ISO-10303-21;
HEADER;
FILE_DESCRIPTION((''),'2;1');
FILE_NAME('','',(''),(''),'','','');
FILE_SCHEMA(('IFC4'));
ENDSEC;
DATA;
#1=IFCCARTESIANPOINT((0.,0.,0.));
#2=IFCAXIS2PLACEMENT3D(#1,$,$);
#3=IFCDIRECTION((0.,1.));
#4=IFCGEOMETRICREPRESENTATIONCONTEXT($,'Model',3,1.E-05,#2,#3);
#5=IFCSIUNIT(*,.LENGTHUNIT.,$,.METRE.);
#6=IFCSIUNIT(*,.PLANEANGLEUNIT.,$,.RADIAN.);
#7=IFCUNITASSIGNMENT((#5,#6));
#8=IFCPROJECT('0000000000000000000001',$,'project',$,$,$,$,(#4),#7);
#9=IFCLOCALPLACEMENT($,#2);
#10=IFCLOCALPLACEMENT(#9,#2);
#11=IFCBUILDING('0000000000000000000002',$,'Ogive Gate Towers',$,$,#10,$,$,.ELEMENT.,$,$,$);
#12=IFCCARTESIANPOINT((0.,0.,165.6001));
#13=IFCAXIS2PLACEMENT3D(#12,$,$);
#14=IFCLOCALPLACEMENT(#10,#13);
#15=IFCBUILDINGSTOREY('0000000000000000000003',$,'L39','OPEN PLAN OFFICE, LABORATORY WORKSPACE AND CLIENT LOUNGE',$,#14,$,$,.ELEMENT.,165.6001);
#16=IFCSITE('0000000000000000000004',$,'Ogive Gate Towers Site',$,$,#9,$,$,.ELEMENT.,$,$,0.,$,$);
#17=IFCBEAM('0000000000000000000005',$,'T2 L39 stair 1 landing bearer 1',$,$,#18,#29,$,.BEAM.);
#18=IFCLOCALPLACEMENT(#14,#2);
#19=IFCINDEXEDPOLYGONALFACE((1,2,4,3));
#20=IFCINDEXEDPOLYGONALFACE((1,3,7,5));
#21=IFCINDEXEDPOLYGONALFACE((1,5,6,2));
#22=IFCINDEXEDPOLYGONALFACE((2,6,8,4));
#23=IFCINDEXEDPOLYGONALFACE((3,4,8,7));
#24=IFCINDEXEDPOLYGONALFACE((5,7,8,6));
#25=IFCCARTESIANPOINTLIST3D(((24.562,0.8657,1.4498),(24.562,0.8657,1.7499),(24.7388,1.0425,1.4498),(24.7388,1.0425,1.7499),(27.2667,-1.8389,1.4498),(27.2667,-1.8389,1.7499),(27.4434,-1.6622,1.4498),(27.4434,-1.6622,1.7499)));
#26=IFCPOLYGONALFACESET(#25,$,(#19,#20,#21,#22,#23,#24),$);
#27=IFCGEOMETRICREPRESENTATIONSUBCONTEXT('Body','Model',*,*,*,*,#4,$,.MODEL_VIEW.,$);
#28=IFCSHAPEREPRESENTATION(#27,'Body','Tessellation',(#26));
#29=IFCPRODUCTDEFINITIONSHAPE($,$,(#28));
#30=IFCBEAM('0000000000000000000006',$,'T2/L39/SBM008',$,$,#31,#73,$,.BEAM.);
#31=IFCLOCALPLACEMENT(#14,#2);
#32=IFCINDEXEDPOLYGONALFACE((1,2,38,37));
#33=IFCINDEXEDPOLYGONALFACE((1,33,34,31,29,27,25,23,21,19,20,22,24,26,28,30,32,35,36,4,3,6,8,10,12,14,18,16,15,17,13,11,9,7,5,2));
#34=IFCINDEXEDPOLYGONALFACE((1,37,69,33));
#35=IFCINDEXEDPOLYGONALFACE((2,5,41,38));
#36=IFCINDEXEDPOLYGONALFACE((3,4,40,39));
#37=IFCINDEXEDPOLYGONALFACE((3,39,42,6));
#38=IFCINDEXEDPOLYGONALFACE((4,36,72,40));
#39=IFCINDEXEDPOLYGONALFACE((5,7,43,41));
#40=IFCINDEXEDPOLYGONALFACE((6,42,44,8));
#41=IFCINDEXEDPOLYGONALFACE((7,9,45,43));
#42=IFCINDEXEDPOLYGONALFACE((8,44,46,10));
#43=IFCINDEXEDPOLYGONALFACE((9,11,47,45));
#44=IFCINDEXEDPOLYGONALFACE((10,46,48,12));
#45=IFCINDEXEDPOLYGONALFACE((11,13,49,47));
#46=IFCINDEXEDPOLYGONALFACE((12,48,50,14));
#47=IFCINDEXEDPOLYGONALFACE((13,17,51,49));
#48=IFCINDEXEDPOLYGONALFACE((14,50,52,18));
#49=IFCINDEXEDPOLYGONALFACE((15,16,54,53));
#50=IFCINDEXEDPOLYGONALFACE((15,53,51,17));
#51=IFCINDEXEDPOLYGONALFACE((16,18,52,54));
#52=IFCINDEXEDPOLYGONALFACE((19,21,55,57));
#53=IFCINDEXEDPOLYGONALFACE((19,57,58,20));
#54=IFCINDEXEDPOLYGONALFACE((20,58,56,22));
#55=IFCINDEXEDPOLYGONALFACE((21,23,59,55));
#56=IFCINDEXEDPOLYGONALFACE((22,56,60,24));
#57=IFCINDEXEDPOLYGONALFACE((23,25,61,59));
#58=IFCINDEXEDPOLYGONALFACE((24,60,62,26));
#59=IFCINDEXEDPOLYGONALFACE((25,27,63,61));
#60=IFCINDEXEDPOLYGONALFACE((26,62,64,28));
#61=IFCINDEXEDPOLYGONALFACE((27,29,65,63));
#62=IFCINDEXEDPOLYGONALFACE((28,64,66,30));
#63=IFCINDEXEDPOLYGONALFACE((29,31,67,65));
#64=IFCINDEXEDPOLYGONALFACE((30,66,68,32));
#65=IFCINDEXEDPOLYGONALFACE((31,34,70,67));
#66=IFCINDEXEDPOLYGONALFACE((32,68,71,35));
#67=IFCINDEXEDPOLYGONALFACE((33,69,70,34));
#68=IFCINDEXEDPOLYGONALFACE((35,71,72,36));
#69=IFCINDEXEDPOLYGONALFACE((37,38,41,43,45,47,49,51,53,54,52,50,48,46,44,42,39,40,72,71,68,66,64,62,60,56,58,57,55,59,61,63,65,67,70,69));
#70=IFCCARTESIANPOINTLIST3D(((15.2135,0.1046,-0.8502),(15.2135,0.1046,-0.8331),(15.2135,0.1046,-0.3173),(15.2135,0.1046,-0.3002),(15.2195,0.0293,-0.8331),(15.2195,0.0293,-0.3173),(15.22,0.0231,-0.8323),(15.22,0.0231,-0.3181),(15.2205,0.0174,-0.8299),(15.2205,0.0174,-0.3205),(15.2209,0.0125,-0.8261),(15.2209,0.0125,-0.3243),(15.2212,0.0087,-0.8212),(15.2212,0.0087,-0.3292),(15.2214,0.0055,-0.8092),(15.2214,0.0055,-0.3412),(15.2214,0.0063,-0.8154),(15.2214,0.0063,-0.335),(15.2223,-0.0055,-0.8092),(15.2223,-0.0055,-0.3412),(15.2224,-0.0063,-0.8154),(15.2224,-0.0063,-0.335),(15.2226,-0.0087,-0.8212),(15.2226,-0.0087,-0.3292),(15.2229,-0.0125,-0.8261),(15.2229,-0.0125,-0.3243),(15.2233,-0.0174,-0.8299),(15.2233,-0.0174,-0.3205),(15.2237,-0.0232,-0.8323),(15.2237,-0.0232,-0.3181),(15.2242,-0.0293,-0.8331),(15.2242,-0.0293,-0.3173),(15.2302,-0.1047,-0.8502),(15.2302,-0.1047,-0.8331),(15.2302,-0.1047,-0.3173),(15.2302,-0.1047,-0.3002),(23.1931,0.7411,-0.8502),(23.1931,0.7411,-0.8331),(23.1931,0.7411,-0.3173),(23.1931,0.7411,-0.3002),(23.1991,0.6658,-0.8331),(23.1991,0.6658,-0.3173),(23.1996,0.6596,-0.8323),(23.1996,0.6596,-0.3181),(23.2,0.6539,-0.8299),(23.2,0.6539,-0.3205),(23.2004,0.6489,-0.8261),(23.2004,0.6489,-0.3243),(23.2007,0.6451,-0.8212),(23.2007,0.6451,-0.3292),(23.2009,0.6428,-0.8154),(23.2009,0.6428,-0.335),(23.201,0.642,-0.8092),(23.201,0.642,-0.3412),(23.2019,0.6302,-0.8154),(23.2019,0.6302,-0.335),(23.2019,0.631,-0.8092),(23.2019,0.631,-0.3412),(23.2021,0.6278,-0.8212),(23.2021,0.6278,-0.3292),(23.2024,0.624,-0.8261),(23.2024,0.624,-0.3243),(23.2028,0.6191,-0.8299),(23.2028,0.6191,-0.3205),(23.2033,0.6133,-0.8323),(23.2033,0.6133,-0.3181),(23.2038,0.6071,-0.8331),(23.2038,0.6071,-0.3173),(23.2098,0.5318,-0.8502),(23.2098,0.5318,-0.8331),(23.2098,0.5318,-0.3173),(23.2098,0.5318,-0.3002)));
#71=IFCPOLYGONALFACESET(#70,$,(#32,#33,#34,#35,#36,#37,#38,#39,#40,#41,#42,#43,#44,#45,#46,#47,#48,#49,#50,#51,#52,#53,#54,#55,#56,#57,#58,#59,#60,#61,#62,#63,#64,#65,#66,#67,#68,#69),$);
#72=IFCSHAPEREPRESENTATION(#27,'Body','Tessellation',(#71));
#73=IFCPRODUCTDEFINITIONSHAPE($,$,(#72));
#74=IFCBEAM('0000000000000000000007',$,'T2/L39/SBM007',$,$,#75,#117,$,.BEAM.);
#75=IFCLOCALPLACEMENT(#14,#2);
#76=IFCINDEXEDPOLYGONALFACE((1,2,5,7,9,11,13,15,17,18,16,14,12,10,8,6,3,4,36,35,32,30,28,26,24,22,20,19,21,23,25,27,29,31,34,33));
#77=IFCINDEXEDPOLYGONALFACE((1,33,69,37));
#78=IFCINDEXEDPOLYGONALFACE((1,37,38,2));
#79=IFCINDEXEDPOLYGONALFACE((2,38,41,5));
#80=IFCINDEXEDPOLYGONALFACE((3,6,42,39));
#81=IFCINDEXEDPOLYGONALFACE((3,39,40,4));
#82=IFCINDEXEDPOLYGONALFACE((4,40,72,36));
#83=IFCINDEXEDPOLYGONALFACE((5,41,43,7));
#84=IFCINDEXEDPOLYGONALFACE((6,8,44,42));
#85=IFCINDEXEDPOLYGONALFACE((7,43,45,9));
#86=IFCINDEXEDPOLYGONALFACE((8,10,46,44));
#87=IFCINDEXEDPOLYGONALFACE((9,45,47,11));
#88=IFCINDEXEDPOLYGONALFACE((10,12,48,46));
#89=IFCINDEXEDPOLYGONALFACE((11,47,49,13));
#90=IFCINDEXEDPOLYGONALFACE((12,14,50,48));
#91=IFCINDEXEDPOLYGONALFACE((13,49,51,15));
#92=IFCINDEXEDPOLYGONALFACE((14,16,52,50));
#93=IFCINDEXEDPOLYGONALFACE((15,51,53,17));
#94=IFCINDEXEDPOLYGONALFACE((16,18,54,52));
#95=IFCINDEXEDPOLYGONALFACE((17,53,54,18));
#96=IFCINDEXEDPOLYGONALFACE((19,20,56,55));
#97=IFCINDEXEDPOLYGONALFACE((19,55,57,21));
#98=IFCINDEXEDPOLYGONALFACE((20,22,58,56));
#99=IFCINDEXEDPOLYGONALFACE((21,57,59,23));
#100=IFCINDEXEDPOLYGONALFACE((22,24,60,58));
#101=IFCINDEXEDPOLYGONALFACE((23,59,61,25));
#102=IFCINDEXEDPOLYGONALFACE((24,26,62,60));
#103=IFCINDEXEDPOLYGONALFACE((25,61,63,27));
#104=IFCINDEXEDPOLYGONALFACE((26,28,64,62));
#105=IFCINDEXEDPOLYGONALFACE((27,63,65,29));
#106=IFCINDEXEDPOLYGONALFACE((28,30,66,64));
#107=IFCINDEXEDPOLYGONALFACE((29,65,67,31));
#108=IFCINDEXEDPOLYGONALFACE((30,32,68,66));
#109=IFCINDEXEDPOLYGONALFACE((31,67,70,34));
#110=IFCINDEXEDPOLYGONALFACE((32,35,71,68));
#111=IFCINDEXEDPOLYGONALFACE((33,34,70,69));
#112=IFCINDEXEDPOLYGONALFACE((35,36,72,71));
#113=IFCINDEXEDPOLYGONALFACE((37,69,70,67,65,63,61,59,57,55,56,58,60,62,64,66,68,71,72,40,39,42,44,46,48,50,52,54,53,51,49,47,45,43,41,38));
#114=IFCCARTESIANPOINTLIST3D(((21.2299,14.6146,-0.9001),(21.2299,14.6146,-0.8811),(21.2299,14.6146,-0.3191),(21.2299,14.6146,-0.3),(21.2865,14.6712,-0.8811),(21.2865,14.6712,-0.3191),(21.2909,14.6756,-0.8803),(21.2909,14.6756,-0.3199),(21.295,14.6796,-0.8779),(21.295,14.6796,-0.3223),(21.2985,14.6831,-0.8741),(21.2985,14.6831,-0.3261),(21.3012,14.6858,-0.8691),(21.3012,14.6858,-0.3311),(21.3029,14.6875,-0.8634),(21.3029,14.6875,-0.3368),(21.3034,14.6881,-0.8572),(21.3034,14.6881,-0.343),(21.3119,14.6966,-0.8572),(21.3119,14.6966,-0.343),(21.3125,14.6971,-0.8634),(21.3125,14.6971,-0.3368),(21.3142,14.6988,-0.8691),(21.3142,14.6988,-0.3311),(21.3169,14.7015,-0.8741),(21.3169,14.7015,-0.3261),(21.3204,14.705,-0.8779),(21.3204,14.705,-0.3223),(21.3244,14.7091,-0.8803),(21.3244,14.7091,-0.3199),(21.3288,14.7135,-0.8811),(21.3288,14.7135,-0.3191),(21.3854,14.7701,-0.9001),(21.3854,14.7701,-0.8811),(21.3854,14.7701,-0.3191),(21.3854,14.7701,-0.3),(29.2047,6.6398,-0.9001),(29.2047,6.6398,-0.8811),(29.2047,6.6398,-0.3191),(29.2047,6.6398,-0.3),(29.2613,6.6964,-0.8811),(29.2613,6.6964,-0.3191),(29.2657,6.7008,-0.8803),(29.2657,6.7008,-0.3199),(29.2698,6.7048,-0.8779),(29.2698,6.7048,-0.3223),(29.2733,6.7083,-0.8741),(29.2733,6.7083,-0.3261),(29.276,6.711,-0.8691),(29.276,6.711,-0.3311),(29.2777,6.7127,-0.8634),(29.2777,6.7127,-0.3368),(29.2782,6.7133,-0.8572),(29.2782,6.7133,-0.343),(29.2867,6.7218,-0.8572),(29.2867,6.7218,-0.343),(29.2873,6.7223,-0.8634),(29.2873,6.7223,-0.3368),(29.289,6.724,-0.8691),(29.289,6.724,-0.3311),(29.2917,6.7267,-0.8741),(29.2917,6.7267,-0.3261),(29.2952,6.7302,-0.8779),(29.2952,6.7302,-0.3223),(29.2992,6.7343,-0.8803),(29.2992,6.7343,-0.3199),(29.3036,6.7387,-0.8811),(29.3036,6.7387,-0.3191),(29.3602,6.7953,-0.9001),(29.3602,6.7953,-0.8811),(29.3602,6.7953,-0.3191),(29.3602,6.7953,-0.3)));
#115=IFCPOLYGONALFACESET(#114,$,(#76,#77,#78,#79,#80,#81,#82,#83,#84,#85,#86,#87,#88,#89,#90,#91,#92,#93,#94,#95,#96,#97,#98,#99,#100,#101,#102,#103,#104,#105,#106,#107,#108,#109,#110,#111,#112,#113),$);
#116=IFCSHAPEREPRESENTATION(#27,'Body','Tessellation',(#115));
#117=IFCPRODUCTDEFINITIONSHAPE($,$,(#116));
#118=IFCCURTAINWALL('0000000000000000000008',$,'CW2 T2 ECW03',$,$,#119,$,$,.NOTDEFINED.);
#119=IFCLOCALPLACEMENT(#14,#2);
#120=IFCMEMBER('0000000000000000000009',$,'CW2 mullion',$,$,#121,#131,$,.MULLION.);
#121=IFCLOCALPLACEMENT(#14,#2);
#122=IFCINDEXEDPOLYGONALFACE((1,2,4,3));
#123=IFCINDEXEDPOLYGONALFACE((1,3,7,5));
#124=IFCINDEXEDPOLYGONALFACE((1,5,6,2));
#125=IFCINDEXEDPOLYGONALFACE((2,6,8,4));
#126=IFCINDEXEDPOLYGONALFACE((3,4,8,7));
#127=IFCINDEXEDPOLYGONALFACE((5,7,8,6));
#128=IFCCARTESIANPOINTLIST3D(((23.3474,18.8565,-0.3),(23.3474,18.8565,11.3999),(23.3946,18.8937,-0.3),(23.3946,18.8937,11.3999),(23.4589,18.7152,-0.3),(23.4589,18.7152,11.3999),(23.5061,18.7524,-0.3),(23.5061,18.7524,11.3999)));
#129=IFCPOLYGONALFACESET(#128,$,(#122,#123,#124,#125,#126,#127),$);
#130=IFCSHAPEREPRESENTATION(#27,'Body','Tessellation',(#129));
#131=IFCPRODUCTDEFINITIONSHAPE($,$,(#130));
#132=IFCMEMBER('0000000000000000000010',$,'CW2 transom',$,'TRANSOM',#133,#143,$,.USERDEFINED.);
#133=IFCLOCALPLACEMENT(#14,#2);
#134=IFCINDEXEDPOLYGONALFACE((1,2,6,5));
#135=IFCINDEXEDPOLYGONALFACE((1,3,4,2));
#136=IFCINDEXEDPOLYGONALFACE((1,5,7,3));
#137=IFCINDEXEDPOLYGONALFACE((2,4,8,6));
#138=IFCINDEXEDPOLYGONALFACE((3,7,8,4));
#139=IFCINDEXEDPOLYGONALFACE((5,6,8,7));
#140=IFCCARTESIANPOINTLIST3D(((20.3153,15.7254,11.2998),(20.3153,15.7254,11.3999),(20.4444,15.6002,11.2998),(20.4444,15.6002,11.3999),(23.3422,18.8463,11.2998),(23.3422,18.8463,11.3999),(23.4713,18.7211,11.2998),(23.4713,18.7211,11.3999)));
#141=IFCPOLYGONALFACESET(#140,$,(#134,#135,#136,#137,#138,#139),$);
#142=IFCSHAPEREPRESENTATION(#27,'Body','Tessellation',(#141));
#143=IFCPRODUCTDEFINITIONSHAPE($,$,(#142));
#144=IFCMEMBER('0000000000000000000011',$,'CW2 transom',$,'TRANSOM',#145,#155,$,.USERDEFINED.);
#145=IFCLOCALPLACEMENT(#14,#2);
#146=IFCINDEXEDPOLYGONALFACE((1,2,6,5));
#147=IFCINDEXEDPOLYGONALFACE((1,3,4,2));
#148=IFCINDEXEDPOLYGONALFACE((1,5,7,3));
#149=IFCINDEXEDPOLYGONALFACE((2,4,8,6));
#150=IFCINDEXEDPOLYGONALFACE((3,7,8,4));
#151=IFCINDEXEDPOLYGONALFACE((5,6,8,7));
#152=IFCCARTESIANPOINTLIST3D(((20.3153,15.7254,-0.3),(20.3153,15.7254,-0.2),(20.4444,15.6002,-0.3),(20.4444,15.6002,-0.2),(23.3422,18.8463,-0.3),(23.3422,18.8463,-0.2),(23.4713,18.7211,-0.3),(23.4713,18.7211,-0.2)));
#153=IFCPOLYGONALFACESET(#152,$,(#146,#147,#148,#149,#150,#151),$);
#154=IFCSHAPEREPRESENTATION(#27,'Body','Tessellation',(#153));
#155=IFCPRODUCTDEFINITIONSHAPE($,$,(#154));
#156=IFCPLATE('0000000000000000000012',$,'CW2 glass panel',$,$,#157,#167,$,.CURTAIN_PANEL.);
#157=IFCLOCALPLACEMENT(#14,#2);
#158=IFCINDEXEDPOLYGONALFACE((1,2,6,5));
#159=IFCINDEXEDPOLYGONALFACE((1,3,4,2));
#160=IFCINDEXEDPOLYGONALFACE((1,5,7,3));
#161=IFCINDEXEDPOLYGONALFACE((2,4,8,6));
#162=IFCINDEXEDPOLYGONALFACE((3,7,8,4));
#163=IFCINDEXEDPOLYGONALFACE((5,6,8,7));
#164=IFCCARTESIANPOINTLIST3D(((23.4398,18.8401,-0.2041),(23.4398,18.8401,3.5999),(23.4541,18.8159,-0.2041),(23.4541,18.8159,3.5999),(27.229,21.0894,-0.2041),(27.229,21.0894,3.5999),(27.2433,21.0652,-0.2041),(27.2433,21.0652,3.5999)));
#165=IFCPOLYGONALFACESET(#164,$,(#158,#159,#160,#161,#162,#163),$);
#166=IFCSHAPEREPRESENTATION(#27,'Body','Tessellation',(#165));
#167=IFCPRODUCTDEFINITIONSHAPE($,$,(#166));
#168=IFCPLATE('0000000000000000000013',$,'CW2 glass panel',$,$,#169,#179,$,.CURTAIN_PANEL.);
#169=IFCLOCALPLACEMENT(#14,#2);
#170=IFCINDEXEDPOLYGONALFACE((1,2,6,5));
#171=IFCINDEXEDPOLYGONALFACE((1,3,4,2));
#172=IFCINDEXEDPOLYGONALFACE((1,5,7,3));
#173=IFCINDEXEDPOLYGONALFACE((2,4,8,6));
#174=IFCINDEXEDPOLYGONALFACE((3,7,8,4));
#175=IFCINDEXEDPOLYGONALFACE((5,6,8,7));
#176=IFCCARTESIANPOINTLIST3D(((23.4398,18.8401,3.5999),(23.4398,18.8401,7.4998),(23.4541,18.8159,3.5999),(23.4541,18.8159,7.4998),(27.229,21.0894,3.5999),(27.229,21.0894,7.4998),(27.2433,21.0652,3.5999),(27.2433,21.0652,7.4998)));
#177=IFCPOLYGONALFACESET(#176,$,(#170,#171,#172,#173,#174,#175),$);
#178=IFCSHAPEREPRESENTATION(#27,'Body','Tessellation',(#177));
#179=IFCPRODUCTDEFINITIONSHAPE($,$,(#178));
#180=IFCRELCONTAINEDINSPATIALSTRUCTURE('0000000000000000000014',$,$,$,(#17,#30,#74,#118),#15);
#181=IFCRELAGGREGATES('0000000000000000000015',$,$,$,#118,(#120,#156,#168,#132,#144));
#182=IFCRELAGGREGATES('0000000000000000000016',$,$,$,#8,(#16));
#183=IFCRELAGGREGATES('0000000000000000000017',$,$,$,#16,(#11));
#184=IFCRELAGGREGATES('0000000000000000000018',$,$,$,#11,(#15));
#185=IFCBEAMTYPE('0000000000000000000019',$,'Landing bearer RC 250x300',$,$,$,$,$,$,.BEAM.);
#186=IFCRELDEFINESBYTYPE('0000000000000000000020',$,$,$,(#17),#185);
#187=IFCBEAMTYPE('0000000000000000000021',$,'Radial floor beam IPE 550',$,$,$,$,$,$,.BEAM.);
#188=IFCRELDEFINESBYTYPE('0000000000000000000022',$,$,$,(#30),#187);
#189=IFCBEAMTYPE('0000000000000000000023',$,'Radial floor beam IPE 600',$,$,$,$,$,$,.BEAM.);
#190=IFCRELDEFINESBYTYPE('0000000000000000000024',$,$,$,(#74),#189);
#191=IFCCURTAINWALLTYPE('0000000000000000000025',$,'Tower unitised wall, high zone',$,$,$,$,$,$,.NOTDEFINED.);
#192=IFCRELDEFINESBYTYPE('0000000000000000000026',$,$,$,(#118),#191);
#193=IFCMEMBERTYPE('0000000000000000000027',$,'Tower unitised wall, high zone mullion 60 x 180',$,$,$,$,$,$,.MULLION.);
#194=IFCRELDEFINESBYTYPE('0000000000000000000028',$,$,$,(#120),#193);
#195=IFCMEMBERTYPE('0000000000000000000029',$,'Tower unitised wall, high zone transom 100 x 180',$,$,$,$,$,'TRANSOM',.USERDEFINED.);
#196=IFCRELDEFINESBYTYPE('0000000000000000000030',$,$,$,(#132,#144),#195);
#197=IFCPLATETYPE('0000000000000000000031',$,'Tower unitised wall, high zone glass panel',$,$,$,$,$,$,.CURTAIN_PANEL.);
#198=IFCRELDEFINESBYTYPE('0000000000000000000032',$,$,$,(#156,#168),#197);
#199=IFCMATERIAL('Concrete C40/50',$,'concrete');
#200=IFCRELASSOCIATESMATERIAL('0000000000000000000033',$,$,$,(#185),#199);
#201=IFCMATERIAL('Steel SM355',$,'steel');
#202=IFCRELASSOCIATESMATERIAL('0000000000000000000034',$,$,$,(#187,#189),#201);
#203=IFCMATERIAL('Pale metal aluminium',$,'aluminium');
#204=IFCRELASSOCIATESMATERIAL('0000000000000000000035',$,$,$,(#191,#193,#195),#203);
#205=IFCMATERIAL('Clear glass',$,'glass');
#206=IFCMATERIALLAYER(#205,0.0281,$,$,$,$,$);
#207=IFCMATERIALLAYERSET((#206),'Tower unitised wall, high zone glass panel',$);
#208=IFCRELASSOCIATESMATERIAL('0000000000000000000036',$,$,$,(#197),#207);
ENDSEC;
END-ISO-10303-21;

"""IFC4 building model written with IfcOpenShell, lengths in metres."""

from ifc_helpers import new_model, si_unit, direction, frame, origin, origin_2d, place, context, subcontext, project, spatial, rectangle, i_section, extrude, material, layer, layer_set, material_profile, profile_set, type_object, element, aggregate, save


model = new_model("IFC4")

# Units and contexts
model_context = context("Model", 3, precision=1e-05, world=origin(), true_north=direction((0.0, 1.0)))
body_context = subcontext(model_context, "Body", "Model", "MODEL_VIEW")
ifc_project = project(units=[si_unit("LENGTHUNIT", "METRE"), si_unit("PLANEANGLEUNIT", "RADIAN")], contexts=[model_context])

# Site, building, storey
site_placement = place(None, origin())
site = spatial("IfcSite", under=ifc_project, at=site_placement, Name="Ogive Gate Towers Site", CompositionType="ELEMENT", RefElevation=0.0)
building_placement = place(site_placement, origin())
building = spatial("IfcBuilding", under=site, at=building_placement, Name="Ogive Gate Towers", CompositionType="ELEMENT")
storey_placement = place(building_placement, frame((0.0, 0.0, 165.6001)))
storey = spatial("IfcBuildingStorey", under=building, at=storey_placement, Name="L39", Description="OPEN PLAN OFFICE, LABORATORY WORKSPACE AND CLIENT LOUNGE", CompositionType="ELEMENT", Elevation=165.6001)

# Beams
ifc_material_1 = material(Name="Concrete C40/50", Category="concrete")
ifc_material_profile_1 = material_profile(ifc_material_1, rectangle(XDim=0.25, YDim=0.3, at=origin_2d()), Name="RC 250x300")
ifc_profile_set_1 = profile_set([ifc_material_profile_1], Name="Concrete C40/50")
beam_type_1 = type_object("IfcBeamType", Name="Landing bearer RC 250x300", PredefinedType="BEAM", material=ifc_profile_set_1)
beam_1_placement = place(storey_placement, frame((24.6504, 0.9541, 1.5999), z_axis=(0.707107, -0.707107, 0.0), x_axis=(0.707107, 0.707107, 0.0)))
element("IfcBeam", 1, at=beam_1_placement, inside=storey, type_object=beam_type_1, Name="T2 L39 stair 1 landing bearer 1", PredefinedType="BEAM", context=body_context, shape_type="SweptSolid", body=[
    extrude(rectangle(XDim=0.25, YDim=0.3, at=origin_2d()), origin(), (0.0, 0.0, 1.0), 3.825),
])
ifc_material_2 = material(Name="Steel SM355", Category="steel")
ifc_material_profile_2 = material_profile(ifc_material_2, i_section(OverallWidth=0.21, OverallDepth=0.55, WebThickness=0.011, FlangeThickness=0.0171, FilletRadius=0.0239, at=origin_2d()), Name="IPE 550")
ifc_profile_set_2 = profile_set([ifc_material_profile_2], Name="Steel SM355")
beam_type_2 = type_object("IfcBeamType", Name="Radial floor beam IPE 550", PredefinedType="BEAM", material=ifc_profile_set_2)
beam_2_placement = place(storey_placement, frame((23.2014, 0.6365, -0.5752), z_axis=(-0.996834, -0.079511, 0.0), x_axis=(0.079511, -0.996834, 0.0)))
element("IfcBeam", 2, at=beam_2_placement, inside=storey, type_object=beam_type_2, Name="T2/L39/SBM008", PredefinedType="BEAM", context=body_context, shape_type="SweptSolid", body=[
    extrude(i_section(OverallWidth=0.21, OverallDepth=0.55, WebThickness=0.011, FlangeThickness=0.0171, FilletRadius=0.0239, at=origin_2d()), origin(), (0.0, 0.0, 1.0), 8.0049),
])
ifc_material_profile_3 = material_profile(ifc_material_2, i_section(OverallWidth=0.22, OverallDepth=0.6001, WebThickness=0.012, FlangeThickness=0.019, FilletRadius=0.0239, at=origin_2d()), Name="IPE 600")
ifc_profile_set_3 = profile_set([ifc_material_profile_3], Name="Steel SM355")
beam_type_3 = type_object("IfcBeamType", Name="Radial floor beam IPE 600", PredefinedType="BEAM", material=ifc_profile_set_3)
beam_3_placement = place(storey_placement, frame((29.2825, 6.7175, -0.6001), z_axis=(-0.707107, 0.707107, 0.0), x_axis=(-0.707107, -0.707107, 0.0)))
element("IfcBeam", 3, at=beam_3_placement, inside=storey, type_object=beam_type_3, Name="T2/L39/SBM007", PredefinedType="BEAM", context=body_context, shape_type="SweptSolid", body=[
    extrude(i_section(OverallWidth=0.22, OverallDepth=0.6001, WebThickness=0.012, FlangeThickness=0.019, FilletRadius=0.0239, at=origin_2d()), origin(), (0.0, 0.0, 1.0), 11.2781),
])

# Curtain wall, members, plates
ifc_material_3 = material(Name="Pale metal aluminium", Category="aluminium")
curtain_wall_type = type_object("IfcCurtainWallType", Name="Tower unitised wall, high zone", PredefinedType="NOTDEFINED", material=ifc_material_3)
curtain_wall_placement = place(storey_placement, origin())
curtain_wall = element("IfcCurtainWall", 4, at=curtain_wall_placement, inside=storey, type_object=curtain_wall_type, Name="CW2 T2 ECW03", PredefinedType="NOTDEFINED")
ifc_material_profile_4 = material_profile(ifc_material_3, rectangle(XDim=0.1799, YDim=0.0601, at=origin_2d()), Name="60 x 180 aluminium box")
ifc_profile_set_4 = profile_set([ifc_material_profile_4], Name="Pale metal aluminium")
member_type_1 = type_object("IfcMemberType", Name="Tower unitised wall, high zone mullion 60 x 180", PredefinedType="MULLION", material=ifc_profile_set_4)
member_1_placement = place(storey_placement, frame((23.4268, 18.8044, -0.3), z_axis=(0.0, 0.0, 1.0), x_axis=(-0.61956, 0.784949, 0.0)))
member_1 = element("IfcMember", 5, at=member_1_placement, type_object=member_type_1, Name="CW2 mullion", PredefinedType="MULLION", context=body_context, shape_type="SweptSolid", body=[
    extrude(rectangle(XDim=0.1799, YDim=0.0601, at=origin_2d()), origin(), (0.0, 0.0, 1.0), 11.7),
])
ifc_material_profile_5 = material_profile(ifc_material_3, rectangle(XDim=0.1799, YDim=0.1001, at=origin_2d()), Name="100 x 180 aluminium box")
ifc_profile_set_5 = profile_set([ifc_material_profile_5], Name="Pale metal aluminium")
member_type_2 = type_object("IfcMemberType", Name="Tower unitised wall, high zone transom 100 x 180", ElementType="TRANSOM", PredefinedType="USERDEFINED", material=ifc_profile_set_5)
member_2_placement = place(storey_placement, frame((23.4067, 18.7837, 11.3499), z_axis=(-0.696214, -0.717834, 0.0), x_axis=(0.717834, -0.696214, 0.0)))
member_2 = element("IfcMember", 6, at=member_2_placement, type_object=member_type_2, Name="CW2 transom", ObjectType="TRANSOM", PredefinedType="USERDEFINED", context=body_context, shape_type="SweptSolid", body=[
    extrude(rectangle(XDim=0.1799, YDim=0.1001, at=origin_2d()), origin(), (0.0, 0.0, 1.0), 4.3477),
])
member_3_placement = place(storey_placement, frame((23.4067, 18.7837, -0.25), z_axis=(-0.696214, -0.717834, 0.0), x_axis=(0.717834, -0.696214, 0.0)))
member_3 = element("IfcMember", 7, at=member_3_placement, type_object=member_type_2, Name="CW2 transom", ObjectType="TRANSOM", PredefinedType="USERDEFINED", context=body_context, shape_type="SweptSolid", body=[
    extrude(rectangle(XDim=0.1799, YDim=0.1001, at=origin_2d()), origin(), (0.0, 0.0, 1.0), 4.3477),
])
ifc_material_4 = material(Name="Clear glass", Category="glass")
ifc_layer_1 = layer(ifc_material_4, 0.0281)
ifc_layer_set_1 = layer_set([ifc_layer_1], Name="Tower unitised wall, high zone glass panel")
plate_type = type_object("IfcPlateType", Name="Tower unitised wall, high zone glass panel", PredefinedType="CURTAIN_PANEL", material=ifc_layer_set_1)
plate_1_placement = place(storey_placement, frame((25.3416, 19.9526, -0.2041), z_axis=(0.0, 0.0, 1.0), x_axis=(-0.859906, -0.510453, 0.0)))
plate_1 = element("IfcPlate", 8, at=plate_1_placement, type_object=plate_type, Name="CW2 glass panel", PredefinedType="CURTAIN_PANEL", context=body_context, shape_type="SweptSolid", body=[
    extrude(rectangle(XDim=4.4065, YDim=0.0281, at=origin_2d()), origin(), (0.0, 0.0, 1.0), 3.804),
])
plate_2_placement = place(storey_placement, frame((25.3416, 19.9526, 3.5999), z_axis=(0.0, 0.0, 1.0), x_axis=(-0.859906, -0.510453, 0.0)))
plate_2 = element("IfcPlate", 9, at=plate_2_placement, type_object=plate_type, Name="CW2 glass panel", PredefinedType="CURTAIN_PANEL", context=body_context, shape_type="SweptSolid", body=[
    extrude(rectangle(XDim=4.4065, YDim=0.0281, at=origin_2d()), origin(), (0.0, 0.0, 1.0), 3.8999),
])
aggregate(curtain_wall, [member_1, plate_1, plate_2, member_2, member_3])

save(model, "model.ifc")
